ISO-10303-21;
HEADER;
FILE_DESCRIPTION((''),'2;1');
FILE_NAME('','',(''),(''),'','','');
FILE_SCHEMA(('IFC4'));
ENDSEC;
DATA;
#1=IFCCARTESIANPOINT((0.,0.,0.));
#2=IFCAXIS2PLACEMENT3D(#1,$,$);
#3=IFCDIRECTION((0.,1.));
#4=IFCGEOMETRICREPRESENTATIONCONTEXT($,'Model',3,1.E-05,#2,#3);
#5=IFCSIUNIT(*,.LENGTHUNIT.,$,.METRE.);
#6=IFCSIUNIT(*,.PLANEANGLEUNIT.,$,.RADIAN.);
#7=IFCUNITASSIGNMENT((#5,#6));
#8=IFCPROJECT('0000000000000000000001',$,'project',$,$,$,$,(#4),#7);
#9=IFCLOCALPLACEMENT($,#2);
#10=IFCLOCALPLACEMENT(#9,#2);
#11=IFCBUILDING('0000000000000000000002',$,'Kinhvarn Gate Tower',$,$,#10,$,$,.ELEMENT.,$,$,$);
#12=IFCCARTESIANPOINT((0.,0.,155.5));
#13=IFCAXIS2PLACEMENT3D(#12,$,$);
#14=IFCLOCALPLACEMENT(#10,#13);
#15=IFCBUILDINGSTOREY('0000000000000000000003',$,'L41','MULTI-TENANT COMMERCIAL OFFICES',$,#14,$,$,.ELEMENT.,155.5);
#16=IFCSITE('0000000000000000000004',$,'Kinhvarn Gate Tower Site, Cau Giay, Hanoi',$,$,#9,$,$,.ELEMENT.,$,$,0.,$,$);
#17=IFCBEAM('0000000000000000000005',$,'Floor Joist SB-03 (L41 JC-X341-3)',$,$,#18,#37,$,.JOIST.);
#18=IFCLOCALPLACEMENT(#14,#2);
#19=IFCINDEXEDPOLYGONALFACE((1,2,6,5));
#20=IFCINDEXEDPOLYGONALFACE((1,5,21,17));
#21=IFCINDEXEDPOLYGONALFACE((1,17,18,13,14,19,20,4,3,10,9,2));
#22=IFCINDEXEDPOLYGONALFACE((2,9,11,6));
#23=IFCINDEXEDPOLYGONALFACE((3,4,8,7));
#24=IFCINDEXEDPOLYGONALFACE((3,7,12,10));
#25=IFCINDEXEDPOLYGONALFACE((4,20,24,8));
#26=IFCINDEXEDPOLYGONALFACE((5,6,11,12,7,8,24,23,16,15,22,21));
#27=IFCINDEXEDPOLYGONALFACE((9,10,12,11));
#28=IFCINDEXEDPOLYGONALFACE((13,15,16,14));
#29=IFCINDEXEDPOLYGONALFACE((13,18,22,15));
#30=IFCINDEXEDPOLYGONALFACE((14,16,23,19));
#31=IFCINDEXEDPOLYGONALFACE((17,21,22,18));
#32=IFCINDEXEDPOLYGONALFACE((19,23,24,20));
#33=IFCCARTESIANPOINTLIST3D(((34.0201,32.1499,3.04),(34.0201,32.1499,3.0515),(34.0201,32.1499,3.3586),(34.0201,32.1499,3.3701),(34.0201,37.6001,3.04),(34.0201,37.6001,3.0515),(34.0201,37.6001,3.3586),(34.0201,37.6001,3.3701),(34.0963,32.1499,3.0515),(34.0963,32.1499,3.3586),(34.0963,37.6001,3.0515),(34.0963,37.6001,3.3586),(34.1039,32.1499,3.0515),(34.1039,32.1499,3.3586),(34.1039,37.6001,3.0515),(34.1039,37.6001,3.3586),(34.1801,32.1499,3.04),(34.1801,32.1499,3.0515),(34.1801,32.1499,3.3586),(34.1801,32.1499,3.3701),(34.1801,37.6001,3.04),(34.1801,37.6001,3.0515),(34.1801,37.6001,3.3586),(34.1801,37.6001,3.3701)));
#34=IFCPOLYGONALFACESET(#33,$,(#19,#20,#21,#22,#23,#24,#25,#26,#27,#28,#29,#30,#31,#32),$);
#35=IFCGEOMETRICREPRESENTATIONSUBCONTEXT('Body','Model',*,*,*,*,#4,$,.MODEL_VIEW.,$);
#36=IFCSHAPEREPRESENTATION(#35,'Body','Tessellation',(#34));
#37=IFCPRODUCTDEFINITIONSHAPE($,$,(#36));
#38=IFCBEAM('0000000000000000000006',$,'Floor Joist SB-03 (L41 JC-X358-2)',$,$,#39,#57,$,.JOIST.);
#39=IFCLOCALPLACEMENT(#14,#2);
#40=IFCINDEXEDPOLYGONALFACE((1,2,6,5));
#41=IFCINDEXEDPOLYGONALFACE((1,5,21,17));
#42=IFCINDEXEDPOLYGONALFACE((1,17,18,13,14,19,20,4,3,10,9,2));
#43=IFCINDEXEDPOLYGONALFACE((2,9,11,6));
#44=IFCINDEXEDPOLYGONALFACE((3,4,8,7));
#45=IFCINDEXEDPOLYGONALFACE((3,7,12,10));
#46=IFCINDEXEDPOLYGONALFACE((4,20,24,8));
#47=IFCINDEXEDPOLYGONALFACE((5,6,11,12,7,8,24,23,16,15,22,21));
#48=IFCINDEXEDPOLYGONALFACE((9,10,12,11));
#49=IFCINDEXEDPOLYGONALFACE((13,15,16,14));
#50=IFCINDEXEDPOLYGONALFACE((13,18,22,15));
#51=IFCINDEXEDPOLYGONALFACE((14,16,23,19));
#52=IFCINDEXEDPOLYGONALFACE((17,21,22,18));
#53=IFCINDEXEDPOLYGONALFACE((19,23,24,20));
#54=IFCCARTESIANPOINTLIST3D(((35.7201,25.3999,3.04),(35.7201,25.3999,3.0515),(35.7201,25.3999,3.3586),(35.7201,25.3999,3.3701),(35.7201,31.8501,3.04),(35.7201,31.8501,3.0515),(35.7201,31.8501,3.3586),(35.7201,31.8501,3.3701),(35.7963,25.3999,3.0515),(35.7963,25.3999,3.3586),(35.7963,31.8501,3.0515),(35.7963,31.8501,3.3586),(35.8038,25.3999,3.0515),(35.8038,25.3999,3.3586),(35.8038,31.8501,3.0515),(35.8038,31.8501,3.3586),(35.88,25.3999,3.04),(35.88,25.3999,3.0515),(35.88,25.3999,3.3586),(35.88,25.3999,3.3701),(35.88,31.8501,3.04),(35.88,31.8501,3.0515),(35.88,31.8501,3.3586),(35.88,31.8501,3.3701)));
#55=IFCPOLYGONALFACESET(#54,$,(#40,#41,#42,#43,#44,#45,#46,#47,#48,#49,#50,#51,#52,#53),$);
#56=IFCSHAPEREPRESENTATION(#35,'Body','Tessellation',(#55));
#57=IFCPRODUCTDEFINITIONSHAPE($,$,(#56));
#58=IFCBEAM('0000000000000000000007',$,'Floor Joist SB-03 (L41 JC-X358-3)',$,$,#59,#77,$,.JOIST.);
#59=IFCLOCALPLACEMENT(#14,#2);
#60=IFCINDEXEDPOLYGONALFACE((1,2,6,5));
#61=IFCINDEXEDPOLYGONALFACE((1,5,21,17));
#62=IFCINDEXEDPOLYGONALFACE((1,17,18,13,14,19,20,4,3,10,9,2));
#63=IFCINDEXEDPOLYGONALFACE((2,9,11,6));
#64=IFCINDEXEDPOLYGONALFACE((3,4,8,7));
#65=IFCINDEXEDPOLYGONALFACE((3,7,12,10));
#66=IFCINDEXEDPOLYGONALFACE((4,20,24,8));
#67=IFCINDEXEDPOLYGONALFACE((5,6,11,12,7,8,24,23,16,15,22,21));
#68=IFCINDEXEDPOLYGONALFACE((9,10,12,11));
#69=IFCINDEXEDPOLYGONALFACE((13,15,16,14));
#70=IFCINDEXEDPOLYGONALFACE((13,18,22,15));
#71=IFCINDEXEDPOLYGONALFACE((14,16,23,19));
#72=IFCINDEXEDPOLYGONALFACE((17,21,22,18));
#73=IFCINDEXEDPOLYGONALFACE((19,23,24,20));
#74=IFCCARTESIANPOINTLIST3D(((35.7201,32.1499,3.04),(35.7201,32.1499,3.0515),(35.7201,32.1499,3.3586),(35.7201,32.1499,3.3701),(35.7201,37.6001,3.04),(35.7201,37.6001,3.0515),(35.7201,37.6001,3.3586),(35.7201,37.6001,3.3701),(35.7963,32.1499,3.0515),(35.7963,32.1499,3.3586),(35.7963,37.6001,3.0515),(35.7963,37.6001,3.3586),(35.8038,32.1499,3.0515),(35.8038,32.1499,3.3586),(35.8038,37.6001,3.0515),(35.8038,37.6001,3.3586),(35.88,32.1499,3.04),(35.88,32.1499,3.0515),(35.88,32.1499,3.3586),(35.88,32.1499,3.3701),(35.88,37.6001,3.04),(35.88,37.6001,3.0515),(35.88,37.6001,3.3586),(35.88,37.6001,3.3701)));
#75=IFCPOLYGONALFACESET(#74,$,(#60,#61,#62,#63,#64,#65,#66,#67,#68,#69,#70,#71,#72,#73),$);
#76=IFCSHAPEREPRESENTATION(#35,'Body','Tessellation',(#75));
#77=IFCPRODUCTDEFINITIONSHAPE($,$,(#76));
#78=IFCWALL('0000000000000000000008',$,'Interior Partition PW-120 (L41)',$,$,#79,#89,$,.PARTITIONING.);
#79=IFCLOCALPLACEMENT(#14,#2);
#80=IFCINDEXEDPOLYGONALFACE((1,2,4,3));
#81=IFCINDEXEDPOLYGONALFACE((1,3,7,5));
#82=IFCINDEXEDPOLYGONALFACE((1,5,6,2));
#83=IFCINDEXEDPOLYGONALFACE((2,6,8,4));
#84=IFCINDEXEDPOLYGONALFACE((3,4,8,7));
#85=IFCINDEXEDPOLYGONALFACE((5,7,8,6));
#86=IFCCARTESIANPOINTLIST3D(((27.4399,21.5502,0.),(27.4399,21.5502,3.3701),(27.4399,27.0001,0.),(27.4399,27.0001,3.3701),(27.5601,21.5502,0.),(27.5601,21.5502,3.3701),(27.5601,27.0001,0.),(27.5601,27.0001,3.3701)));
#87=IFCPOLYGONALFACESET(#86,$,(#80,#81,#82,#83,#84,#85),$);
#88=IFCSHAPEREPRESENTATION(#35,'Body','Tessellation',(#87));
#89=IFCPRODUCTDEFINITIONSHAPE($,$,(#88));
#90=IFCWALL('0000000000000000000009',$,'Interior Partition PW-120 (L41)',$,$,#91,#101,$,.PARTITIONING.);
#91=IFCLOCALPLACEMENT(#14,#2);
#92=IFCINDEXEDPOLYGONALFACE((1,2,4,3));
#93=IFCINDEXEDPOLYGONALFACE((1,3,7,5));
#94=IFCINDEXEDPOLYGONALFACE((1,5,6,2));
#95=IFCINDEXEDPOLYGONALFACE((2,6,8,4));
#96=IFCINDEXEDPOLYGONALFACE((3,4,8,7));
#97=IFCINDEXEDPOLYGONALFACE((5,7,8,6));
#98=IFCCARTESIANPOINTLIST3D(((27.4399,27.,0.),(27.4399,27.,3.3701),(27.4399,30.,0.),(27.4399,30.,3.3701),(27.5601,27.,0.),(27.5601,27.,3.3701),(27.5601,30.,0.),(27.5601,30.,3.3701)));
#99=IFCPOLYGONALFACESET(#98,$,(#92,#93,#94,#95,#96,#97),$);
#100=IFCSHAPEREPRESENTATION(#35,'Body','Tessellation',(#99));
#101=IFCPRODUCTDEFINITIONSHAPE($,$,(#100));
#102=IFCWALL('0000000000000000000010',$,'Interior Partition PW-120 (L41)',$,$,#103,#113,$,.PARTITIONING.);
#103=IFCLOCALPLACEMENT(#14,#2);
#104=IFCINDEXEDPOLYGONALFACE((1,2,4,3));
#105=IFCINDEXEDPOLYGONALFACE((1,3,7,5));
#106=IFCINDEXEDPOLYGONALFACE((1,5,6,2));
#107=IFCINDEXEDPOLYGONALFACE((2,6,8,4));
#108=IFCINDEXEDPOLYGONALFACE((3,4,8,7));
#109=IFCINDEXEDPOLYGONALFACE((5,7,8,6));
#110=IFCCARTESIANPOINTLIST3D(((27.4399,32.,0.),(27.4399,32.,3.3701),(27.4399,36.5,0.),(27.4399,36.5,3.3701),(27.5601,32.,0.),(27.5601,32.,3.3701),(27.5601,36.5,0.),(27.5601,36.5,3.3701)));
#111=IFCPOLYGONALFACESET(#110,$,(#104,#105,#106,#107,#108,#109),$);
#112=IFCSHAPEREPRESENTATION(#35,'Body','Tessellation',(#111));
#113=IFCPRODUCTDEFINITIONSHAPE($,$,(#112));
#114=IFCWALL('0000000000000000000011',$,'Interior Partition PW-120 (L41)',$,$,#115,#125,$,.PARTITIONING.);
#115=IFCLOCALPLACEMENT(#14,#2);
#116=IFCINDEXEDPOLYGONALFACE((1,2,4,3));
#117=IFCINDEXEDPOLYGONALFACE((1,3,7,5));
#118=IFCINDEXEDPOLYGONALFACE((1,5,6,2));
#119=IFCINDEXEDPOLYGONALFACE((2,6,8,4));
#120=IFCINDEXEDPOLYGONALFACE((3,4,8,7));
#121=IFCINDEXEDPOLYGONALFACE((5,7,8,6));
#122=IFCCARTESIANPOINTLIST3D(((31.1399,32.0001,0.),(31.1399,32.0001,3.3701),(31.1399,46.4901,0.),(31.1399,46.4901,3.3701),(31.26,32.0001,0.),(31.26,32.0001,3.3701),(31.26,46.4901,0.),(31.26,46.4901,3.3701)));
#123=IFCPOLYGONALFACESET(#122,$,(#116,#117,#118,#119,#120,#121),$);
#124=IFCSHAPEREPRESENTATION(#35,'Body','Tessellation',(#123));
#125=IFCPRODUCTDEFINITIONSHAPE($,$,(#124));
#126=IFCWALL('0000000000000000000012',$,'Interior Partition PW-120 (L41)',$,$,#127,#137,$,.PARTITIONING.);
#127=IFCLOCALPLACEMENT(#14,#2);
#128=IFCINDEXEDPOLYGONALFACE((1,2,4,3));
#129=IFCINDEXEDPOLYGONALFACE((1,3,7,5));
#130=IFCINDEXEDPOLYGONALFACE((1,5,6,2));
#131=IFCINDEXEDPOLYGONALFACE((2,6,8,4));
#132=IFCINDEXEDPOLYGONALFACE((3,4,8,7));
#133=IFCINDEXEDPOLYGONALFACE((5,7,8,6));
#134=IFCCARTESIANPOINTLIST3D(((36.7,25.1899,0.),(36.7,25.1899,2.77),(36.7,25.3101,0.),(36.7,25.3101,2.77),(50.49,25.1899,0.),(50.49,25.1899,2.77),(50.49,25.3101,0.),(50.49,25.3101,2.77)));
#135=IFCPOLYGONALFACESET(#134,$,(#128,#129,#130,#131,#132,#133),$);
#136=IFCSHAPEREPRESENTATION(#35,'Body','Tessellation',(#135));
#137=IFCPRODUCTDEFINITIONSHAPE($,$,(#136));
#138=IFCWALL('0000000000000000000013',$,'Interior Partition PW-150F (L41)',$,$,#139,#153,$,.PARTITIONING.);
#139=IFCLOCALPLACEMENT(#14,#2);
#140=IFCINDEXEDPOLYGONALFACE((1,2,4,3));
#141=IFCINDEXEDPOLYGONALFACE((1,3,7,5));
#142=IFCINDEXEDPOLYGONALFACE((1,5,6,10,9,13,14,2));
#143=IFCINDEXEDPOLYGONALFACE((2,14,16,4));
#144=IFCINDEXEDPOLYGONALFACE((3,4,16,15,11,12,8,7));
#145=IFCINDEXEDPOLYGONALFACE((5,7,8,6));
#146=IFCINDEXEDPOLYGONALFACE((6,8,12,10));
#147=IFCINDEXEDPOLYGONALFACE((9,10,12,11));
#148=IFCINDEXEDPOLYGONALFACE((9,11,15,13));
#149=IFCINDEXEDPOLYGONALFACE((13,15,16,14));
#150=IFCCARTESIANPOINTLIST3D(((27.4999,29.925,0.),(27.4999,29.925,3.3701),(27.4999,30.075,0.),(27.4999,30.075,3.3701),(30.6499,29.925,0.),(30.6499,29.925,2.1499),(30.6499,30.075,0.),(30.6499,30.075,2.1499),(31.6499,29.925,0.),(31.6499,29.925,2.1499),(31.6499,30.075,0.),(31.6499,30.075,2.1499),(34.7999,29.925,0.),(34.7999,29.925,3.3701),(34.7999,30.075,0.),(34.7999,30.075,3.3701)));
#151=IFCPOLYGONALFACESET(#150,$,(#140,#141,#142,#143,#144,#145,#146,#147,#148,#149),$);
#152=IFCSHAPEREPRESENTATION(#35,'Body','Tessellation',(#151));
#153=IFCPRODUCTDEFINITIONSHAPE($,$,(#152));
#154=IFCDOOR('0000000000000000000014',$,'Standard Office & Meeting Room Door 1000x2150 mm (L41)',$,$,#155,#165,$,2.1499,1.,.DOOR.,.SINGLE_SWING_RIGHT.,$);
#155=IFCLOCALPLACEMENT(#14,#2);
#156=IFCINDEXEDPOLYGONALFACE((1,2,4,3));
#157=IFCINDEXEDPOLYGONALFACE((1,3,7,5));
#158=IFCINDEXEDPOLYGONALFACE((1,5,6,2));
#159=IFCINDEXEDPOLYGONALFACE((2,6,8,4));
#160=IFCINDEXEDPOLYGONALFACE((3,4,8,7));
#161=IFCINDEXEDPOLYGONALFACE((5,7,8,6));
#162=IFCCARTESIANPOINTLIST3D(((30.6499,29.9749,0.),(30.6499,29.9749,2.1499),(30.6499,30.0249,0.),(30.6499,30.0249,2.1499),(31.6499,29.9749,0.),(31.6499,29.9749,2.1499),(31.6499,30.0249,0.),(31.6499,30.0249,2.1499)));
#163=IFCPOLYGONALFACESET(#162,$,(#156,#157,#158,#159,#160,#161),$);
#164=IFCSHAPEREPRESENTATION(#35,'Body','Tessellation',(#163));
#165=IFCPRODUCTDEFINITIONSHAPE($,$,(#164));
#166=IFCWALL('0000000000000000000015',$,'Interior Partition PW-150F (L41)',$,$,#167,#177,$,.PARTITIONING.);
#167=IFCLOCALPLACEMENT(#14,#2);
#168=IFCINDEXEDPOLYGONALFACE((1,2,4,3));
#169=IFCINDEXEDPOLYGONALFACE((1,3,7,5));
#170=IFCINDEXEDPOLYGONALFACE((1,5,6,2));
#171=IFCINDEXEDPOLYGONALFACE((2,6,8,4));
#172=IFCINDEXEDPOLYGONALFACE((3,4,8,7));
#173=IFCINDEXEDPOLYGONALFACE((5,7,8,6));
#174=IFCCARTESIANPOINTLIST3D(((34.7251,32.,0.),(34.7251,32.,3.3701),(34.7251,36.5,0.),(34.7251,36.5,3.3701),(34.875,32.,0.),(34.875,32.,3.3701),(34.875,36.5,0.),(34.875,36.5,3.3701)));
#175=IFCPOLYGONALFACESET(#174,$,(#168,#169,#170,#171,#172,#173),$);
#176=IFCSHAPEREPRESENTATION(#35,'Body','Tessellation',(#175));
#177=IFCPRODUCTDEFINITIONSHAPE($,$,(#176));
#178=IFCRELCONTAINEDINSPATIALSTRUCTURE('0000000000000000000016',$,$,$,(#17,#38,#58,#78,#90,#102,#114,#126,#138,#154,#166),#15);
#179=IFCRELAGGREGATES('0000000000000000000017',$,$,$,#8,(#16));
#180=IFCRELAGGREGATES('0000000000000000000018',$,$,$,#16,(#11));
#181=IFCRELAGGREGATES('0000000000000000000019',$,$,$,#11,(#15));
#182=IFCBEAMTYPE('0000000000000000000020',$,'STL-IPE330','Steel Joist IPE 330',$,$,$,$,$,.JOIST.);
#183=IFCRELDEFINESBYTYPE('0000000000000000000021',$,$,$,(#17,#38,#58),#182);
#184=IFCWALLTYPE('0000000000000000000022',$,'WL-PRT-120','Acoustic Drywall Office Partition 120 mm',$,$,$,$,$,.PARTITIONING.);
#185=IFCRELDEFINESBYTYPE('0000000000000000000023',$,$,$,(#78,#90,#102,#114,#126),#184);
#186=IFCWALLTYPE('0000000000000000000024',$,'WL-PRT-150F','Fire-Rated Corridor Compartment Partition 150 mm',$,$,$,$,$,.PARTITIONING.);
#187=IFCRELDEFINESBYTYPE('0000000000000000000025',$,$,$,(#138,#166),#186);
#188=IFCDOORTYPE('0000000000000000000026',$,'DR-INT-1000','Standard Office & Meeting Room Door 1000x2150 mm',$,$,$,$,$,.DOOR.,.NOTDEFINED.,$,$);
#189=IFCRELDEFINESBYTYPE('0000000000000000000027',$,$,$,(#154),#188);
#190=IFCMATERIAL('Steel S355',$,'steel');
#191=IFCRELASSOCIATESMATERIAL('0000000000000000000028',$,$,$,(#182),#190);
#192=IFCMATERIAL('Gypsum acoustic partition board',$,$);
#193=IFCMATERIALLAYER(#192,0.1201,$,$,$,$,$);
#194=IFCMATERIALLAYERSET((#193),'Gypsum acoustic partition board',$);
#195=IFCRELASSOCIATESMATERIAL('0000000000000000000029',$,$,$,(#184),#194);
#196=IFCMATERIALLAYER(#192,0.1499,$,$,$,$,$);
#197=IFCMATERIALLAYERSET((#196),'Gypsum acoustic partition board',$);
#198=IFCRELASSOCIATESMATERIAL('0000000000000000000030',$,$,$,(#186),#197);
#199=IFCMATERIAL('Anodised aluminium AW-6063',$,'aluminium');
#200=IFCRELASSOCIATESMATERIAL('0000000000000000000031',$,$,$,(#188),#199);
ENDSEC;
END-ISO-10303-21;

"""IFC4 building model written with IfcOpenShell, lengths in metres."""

from ifc_helpers import new_model, si_unit, direction, frame, frame_2d, origin, origin_2d, place, context, subcontext, project, spatial, rectangle, i_section, extrude, material, layer, layer_set, material_profile, profile_set, type_object, element, fill, save


model = new_model("IFC4")

# Units and contexts
model_context = context("Model", 3, precision=1e-05, world=origin(), true_north=direction((0.0, 1.0)))
body_context = subcontext(model_context, "Body", "Model", "MODEL_VIEW")
ifc_project = project(units=[si_unit("LENGTHUNIT", "METRE"), si_unit("PLANEANGLEUNIT", "RADIAN")], contexts=[model_context])

# Site, building, storey
site_placement = place(None, origin())
site = spatial("IfcSite", under=ifc_project, at=site_placement, Name="Kinhvarn Gate Tower Site, Cau Giay, Hanoi", CompositionType="ELEMENT", RefElevation=0.0)
building_placement = place(site_placement, origin())
building = spatial("IfcBuilding", under=site, at=building_placement, Name="Kinhvarn Gate Tower", CompositionType="ELEMENT")
storey_placement = place(building_placement, frame((0.0, 0.0, 155.5)))
storey = spatial("IfcBuildingStorey", under=building, at=storey_placement, Name="L41", Description="MULTI-TENANT COMMERCIAL OFFICES", CompositionType="ELEMENT", Elevation=155.5)

# Beams
ifc_material_1 = material(Name="Steel S355", Category="steel")
ifc_material_profile = material_profile(ifc_material_1, i_section(OverallWidth=0.1599, OverallDepth=0.3301, WebThickness=0.0076, FlangeThickness=0.0115, at=origin_2d()), Name="IPE 330")
ifc_profile_set = profile_set([ifc_material_profile], Name="Steel S355")
beam_type = type_object("IfcBeamType", Name="STL-IPE330", Description="Steel Joist IPE 330", PredefinedType="JOIST", material=ifc_profile_set)
beam_1_placement = place(storey_placement, frame((34.1001, 32.1499, 3.2051), z_axis=(0.0, 1.0, 0.0), x_axis=(-1.0, 0.0, 0.0)))
element("IfcBeam", 1, at=beam_1_placement, inside=storey, type_object=beam_type, Name="Floor Joist SB-03 (L41 JC-X341-3)", PredefinedType="JOIST", context=body_context, shape_type="SweptSolid", body=[
    extrude(i_section(OverallWidth=0.1599, OverallDepth=0.3301, WebThickness=0.0076, FlangeThickness=0.0115, at=origin_2d()), origin(), (0.0, 0.0, 1.0), 5.4502),
])
beam_2_placement = place(storey_placement, frame((35.8, 25.3999, 3.2051), z_axis=(0.0, 1.0, 0.0), x_axis=(-1.0, 0.0, 0.0)))
element("IfcBeam", 2, at=beam_2_placement, inside=storey, type_object=beam_type, Name="Floor Joist SB-03 (L41 JC-X358-2)", PredefinedType="JOIST", context=body_context, shape_type="SweptSolid", body=[
    extrude(i_section(OverallWidth=0.1599, OverallDepth=0.3301, WebThickness=0.0076, FlangeThickness=0.0115, at=origin_2d()), origin(), (0.0, 0.0, 1.0), 6.4502),
])
beam_3_placement = place(storey_placement, frame((35.8, 32.1499, 3.2051), z_axis=(0.0, 1.0, 0.0), x_axis=(-1.0, 0.0, 0.0)))
element("IfcBeam", 3, at=beam_3_placement, inside=storey, type_object=beam_type, Name="Floor Joist SB-03 (L41 JC-X358-3)", PredefinedType="JOIST", context=body_context, shape_type="SweptSolid", body=[
    extrude(i_section(OverallWidth=0.1599, OverallDepth=0.3301, WebThickness=0.0076, FlangeThickness=0.0115, at=origin_2d()), origin(), (0.0, 0.0, 1.0), 5.4502),
])

# Walls
ifc_material_2 = material(Name="Gypsum acoustic partition board")
ifc_layer_1 = layer(ifc_material_2, 0.1201)
ifc_layer_set_1 = layer_set([ifc_layer_1], Name="Gypsum acoustic partition board")
wall_type_1 = type_object("IfcWallType", Name="WL-PRT-120", Description="Acoustic Drywall Office Partition 120 mm", PredefinedType="PARTITIONING", material=ifc_layer_set_1)
wall_1_placement = place(storey_placement, frame((27.5, 21.55, 0.0), z_axis=(0.0, 0.0, 1.0), x_axis=(0.0, 1.0, 0.0)))
element("IfcWall", 4, at=wall_1_placement, inside=storey, type_object=wall_type_1, Name="Interior Partition PW-120 (L41)", PredefinedType="PARTITIONING", context=body_context, shape_type="SweptSolid", body=[
    extrude(rectangle(XDim=5.45, YDim=0.1201, at=frame_2d((2.7251, 0.0))), origin(), (0.0, 0.0, 1.0), 3.3701),
])
wall_2_placement = place(storey_placement, frame((27.5, 27.0, 0.0), z_axis=(0.0, 0.0, 1.0), x_axis=(0.0, 1.0, 0.0)))
element("IfcWall", 5, at=wall_2_placement, inside=storey, type_object=wall_type_1, Name="Interior Partition PW-120 (L41)", PredefinedType="PARTITIONING", context=body_context, shape_type="SweptSolid", body=[
    extrude(rectangle(XDim=3.0, YDim=0.1201, at=frame_2d((1.5, 0.0))), origin(), (0.0, 0.0, 1.0), 3.3701),
])
wall_3_placement = place(storey_placement, frame((27.5, 32.0, 0.0), z_axis=(0.0, 0.0, 1.0), x_axis=(0.0, 1.0, 0.0)))
element("IfcWall", 6, at=wall_3_placement, inside=storey, type_object=wall_type_1, Name="Interior Partition PW-120 (L41)", PredefinedType="PARTITIONING", context=body_context, shape_type="SweptSolid", body=[
    extrude(rectangle(XDim=4.5, YDim=0.1201, at=frame_2d((2.25, 0.0))), origin(), (0.0, 0.0, 1.0), 3.3701),
])
wall_4_placement = place(storey_placement, frame((31.2, 32.0, 0.0), z_axis=(0.0, 0.0, 1.0), x_axis=(0.0, 1.0, 0.0)))
element("IfcWall", 7, at=wall_4_placement, inside=storey, type_object=wall_type_1, Name="Interior Partition PW-120 (L41)", PredefinedType="PARTITIONING", context=body_context, shape_type="SweptSolid", body=[
    extrude(rectangle(XDim=14.49, YDim=0.1201, at=frame_2d((7.2451, 0.0))), origin(), (0.0, 0.0, 1.0), 3.3701),
])
wall_5_placement = place(storey_placement, frame((36.7, 25.25, 0.0), z_axis=(0.0, 0.0, 1.0), x_axis=(1.0, 0.0, 0.0)))
element("IfcWall", 8, at=wall_5_placement, inside=storey, type_object=wall_type_1, Name="Interior Partition PW-120 (L41)", PredefinedType="PARTITIONING", context=body_context, shape_type="SweptSolid", body=[
    extrude(rectangle(XDim=13.79, YDim=0.1201, at=frame_2d((6.895, 0.0))), origin(), (0.0, 0.0, 1.0), 2.77),
])

# Wall, opening, door
ifc_layer_2 = layer(ifc_material_2, 0.1499)
ifc_layer_set_2 = layer_set([ifc_layer_2], Name="Gypsum acoustic partition board")
wall_type_2 = type_object("IfcWallType", Name="WL-PRT-150F", Description="Fire-Rated Corridor Compartment Partition 150 mm", PredefinedType="PARTITIONING", material=ifc_layer_set_2)
wall_6_placement = place(storey_placement, frame((27.5, 30.0, 0.0), z_axis=(0.0, 0.0, 1.0), x_axis=(1.0, 0.0, 0.0)))
wall_6 = element("IfcWall", 9, at=wall_6_placement, inside=storey, type_object=wall_type_2, Name="Interior Partition PW-150F (L41)", PredefinedType="PARTITIONING", context=body_context, shape_type="SweptSolid", body=[
    extrude(rectangle(XDim=7.3, YDim=0.1499, at=frame_2d((3.6499, 0.0))), origin(), (0.0, 0.0, 1.0), 3.3701),
])
opening_1_placement = place(wall_6_placement, frame((3.1499, 0.0, 0.0)))
opening_1 = element("IfcOpeningElement", 10, at=opening_1_placement, cuts=wall_6, PredefinedType="OPENING", context=body_context, shape_type="SweptSolid", body=[
    extrude(rectangle(XDim=1.0, YDim=2.1499, at=frame_2d((0.5, 1.075))), frame((0.0, 0.085, 0.0), z_axis=(0.0, -1.0, 0.0), x_axis=(1.0, 0.0, 0.0)), (0.0, 0.0, 1.0), 0.1699),
])
ifc_material_3 = material(Name="Anodised aluminium AW-6063", Category="aluminium")
door_type = type_object("IfcDoorType", Name="DR-INT-1000", Description="Standard Office & Meeting Room Door 1000x2150 mm", OperationType="NOTDEFINED", PredefinedType="DOOR", material=ifc_material_3)
door_1_placement = place(opening_1_placement, origin())
door_1 = element("IfcDoor", 11, at=door_1_placement, inside=storey, type_object=door_type, Name="Standard Office & Meeting Room Door 1000x2150 mm (L41)", OperationType="SINGLE_SWING_RIGHT", OverallHeight=2.1499, OverallWidth=1.0, PredefinedType="DOOR", context=body_context, shape_type="SweptSolid", body=[
    extrude(rectangle(XDim=1.0, YDim=2.1499, at=frame_2d((0.5, 1.075))), frame((0.0, 0.0249, 0.0), z_axis=(0.0, -1.0, 0.0), x_axis=(1.0, 0.0, 0.0)), (0.0, 0.0, 1.0), 0.05),
])
fill(opening_1, door_1)

# Wall
wall_7_placement = place(storey_placement, frame((34.8, 32.0, 0.0), z_axis=(0.0, 0.0, 1.0), x_axis=(0.0, 1.0, 0.0)))
element("IfcWall", 12, at=wall_7_placement, inside=storey, type_object=wall_type_2, Name="Interior Partition PW-150F (L41)", PredefinedType="PARTITIONING", context=body_context, shape_type="SweptSolid", body=[
    extrude(rectangle(XDim=4.5, YDim=0.1499, at=frame_2d((2.25, 0.0))), origin(), (0.0, 0.0, 1.0), 3.3701),
])

save(model, "model.ifc")
